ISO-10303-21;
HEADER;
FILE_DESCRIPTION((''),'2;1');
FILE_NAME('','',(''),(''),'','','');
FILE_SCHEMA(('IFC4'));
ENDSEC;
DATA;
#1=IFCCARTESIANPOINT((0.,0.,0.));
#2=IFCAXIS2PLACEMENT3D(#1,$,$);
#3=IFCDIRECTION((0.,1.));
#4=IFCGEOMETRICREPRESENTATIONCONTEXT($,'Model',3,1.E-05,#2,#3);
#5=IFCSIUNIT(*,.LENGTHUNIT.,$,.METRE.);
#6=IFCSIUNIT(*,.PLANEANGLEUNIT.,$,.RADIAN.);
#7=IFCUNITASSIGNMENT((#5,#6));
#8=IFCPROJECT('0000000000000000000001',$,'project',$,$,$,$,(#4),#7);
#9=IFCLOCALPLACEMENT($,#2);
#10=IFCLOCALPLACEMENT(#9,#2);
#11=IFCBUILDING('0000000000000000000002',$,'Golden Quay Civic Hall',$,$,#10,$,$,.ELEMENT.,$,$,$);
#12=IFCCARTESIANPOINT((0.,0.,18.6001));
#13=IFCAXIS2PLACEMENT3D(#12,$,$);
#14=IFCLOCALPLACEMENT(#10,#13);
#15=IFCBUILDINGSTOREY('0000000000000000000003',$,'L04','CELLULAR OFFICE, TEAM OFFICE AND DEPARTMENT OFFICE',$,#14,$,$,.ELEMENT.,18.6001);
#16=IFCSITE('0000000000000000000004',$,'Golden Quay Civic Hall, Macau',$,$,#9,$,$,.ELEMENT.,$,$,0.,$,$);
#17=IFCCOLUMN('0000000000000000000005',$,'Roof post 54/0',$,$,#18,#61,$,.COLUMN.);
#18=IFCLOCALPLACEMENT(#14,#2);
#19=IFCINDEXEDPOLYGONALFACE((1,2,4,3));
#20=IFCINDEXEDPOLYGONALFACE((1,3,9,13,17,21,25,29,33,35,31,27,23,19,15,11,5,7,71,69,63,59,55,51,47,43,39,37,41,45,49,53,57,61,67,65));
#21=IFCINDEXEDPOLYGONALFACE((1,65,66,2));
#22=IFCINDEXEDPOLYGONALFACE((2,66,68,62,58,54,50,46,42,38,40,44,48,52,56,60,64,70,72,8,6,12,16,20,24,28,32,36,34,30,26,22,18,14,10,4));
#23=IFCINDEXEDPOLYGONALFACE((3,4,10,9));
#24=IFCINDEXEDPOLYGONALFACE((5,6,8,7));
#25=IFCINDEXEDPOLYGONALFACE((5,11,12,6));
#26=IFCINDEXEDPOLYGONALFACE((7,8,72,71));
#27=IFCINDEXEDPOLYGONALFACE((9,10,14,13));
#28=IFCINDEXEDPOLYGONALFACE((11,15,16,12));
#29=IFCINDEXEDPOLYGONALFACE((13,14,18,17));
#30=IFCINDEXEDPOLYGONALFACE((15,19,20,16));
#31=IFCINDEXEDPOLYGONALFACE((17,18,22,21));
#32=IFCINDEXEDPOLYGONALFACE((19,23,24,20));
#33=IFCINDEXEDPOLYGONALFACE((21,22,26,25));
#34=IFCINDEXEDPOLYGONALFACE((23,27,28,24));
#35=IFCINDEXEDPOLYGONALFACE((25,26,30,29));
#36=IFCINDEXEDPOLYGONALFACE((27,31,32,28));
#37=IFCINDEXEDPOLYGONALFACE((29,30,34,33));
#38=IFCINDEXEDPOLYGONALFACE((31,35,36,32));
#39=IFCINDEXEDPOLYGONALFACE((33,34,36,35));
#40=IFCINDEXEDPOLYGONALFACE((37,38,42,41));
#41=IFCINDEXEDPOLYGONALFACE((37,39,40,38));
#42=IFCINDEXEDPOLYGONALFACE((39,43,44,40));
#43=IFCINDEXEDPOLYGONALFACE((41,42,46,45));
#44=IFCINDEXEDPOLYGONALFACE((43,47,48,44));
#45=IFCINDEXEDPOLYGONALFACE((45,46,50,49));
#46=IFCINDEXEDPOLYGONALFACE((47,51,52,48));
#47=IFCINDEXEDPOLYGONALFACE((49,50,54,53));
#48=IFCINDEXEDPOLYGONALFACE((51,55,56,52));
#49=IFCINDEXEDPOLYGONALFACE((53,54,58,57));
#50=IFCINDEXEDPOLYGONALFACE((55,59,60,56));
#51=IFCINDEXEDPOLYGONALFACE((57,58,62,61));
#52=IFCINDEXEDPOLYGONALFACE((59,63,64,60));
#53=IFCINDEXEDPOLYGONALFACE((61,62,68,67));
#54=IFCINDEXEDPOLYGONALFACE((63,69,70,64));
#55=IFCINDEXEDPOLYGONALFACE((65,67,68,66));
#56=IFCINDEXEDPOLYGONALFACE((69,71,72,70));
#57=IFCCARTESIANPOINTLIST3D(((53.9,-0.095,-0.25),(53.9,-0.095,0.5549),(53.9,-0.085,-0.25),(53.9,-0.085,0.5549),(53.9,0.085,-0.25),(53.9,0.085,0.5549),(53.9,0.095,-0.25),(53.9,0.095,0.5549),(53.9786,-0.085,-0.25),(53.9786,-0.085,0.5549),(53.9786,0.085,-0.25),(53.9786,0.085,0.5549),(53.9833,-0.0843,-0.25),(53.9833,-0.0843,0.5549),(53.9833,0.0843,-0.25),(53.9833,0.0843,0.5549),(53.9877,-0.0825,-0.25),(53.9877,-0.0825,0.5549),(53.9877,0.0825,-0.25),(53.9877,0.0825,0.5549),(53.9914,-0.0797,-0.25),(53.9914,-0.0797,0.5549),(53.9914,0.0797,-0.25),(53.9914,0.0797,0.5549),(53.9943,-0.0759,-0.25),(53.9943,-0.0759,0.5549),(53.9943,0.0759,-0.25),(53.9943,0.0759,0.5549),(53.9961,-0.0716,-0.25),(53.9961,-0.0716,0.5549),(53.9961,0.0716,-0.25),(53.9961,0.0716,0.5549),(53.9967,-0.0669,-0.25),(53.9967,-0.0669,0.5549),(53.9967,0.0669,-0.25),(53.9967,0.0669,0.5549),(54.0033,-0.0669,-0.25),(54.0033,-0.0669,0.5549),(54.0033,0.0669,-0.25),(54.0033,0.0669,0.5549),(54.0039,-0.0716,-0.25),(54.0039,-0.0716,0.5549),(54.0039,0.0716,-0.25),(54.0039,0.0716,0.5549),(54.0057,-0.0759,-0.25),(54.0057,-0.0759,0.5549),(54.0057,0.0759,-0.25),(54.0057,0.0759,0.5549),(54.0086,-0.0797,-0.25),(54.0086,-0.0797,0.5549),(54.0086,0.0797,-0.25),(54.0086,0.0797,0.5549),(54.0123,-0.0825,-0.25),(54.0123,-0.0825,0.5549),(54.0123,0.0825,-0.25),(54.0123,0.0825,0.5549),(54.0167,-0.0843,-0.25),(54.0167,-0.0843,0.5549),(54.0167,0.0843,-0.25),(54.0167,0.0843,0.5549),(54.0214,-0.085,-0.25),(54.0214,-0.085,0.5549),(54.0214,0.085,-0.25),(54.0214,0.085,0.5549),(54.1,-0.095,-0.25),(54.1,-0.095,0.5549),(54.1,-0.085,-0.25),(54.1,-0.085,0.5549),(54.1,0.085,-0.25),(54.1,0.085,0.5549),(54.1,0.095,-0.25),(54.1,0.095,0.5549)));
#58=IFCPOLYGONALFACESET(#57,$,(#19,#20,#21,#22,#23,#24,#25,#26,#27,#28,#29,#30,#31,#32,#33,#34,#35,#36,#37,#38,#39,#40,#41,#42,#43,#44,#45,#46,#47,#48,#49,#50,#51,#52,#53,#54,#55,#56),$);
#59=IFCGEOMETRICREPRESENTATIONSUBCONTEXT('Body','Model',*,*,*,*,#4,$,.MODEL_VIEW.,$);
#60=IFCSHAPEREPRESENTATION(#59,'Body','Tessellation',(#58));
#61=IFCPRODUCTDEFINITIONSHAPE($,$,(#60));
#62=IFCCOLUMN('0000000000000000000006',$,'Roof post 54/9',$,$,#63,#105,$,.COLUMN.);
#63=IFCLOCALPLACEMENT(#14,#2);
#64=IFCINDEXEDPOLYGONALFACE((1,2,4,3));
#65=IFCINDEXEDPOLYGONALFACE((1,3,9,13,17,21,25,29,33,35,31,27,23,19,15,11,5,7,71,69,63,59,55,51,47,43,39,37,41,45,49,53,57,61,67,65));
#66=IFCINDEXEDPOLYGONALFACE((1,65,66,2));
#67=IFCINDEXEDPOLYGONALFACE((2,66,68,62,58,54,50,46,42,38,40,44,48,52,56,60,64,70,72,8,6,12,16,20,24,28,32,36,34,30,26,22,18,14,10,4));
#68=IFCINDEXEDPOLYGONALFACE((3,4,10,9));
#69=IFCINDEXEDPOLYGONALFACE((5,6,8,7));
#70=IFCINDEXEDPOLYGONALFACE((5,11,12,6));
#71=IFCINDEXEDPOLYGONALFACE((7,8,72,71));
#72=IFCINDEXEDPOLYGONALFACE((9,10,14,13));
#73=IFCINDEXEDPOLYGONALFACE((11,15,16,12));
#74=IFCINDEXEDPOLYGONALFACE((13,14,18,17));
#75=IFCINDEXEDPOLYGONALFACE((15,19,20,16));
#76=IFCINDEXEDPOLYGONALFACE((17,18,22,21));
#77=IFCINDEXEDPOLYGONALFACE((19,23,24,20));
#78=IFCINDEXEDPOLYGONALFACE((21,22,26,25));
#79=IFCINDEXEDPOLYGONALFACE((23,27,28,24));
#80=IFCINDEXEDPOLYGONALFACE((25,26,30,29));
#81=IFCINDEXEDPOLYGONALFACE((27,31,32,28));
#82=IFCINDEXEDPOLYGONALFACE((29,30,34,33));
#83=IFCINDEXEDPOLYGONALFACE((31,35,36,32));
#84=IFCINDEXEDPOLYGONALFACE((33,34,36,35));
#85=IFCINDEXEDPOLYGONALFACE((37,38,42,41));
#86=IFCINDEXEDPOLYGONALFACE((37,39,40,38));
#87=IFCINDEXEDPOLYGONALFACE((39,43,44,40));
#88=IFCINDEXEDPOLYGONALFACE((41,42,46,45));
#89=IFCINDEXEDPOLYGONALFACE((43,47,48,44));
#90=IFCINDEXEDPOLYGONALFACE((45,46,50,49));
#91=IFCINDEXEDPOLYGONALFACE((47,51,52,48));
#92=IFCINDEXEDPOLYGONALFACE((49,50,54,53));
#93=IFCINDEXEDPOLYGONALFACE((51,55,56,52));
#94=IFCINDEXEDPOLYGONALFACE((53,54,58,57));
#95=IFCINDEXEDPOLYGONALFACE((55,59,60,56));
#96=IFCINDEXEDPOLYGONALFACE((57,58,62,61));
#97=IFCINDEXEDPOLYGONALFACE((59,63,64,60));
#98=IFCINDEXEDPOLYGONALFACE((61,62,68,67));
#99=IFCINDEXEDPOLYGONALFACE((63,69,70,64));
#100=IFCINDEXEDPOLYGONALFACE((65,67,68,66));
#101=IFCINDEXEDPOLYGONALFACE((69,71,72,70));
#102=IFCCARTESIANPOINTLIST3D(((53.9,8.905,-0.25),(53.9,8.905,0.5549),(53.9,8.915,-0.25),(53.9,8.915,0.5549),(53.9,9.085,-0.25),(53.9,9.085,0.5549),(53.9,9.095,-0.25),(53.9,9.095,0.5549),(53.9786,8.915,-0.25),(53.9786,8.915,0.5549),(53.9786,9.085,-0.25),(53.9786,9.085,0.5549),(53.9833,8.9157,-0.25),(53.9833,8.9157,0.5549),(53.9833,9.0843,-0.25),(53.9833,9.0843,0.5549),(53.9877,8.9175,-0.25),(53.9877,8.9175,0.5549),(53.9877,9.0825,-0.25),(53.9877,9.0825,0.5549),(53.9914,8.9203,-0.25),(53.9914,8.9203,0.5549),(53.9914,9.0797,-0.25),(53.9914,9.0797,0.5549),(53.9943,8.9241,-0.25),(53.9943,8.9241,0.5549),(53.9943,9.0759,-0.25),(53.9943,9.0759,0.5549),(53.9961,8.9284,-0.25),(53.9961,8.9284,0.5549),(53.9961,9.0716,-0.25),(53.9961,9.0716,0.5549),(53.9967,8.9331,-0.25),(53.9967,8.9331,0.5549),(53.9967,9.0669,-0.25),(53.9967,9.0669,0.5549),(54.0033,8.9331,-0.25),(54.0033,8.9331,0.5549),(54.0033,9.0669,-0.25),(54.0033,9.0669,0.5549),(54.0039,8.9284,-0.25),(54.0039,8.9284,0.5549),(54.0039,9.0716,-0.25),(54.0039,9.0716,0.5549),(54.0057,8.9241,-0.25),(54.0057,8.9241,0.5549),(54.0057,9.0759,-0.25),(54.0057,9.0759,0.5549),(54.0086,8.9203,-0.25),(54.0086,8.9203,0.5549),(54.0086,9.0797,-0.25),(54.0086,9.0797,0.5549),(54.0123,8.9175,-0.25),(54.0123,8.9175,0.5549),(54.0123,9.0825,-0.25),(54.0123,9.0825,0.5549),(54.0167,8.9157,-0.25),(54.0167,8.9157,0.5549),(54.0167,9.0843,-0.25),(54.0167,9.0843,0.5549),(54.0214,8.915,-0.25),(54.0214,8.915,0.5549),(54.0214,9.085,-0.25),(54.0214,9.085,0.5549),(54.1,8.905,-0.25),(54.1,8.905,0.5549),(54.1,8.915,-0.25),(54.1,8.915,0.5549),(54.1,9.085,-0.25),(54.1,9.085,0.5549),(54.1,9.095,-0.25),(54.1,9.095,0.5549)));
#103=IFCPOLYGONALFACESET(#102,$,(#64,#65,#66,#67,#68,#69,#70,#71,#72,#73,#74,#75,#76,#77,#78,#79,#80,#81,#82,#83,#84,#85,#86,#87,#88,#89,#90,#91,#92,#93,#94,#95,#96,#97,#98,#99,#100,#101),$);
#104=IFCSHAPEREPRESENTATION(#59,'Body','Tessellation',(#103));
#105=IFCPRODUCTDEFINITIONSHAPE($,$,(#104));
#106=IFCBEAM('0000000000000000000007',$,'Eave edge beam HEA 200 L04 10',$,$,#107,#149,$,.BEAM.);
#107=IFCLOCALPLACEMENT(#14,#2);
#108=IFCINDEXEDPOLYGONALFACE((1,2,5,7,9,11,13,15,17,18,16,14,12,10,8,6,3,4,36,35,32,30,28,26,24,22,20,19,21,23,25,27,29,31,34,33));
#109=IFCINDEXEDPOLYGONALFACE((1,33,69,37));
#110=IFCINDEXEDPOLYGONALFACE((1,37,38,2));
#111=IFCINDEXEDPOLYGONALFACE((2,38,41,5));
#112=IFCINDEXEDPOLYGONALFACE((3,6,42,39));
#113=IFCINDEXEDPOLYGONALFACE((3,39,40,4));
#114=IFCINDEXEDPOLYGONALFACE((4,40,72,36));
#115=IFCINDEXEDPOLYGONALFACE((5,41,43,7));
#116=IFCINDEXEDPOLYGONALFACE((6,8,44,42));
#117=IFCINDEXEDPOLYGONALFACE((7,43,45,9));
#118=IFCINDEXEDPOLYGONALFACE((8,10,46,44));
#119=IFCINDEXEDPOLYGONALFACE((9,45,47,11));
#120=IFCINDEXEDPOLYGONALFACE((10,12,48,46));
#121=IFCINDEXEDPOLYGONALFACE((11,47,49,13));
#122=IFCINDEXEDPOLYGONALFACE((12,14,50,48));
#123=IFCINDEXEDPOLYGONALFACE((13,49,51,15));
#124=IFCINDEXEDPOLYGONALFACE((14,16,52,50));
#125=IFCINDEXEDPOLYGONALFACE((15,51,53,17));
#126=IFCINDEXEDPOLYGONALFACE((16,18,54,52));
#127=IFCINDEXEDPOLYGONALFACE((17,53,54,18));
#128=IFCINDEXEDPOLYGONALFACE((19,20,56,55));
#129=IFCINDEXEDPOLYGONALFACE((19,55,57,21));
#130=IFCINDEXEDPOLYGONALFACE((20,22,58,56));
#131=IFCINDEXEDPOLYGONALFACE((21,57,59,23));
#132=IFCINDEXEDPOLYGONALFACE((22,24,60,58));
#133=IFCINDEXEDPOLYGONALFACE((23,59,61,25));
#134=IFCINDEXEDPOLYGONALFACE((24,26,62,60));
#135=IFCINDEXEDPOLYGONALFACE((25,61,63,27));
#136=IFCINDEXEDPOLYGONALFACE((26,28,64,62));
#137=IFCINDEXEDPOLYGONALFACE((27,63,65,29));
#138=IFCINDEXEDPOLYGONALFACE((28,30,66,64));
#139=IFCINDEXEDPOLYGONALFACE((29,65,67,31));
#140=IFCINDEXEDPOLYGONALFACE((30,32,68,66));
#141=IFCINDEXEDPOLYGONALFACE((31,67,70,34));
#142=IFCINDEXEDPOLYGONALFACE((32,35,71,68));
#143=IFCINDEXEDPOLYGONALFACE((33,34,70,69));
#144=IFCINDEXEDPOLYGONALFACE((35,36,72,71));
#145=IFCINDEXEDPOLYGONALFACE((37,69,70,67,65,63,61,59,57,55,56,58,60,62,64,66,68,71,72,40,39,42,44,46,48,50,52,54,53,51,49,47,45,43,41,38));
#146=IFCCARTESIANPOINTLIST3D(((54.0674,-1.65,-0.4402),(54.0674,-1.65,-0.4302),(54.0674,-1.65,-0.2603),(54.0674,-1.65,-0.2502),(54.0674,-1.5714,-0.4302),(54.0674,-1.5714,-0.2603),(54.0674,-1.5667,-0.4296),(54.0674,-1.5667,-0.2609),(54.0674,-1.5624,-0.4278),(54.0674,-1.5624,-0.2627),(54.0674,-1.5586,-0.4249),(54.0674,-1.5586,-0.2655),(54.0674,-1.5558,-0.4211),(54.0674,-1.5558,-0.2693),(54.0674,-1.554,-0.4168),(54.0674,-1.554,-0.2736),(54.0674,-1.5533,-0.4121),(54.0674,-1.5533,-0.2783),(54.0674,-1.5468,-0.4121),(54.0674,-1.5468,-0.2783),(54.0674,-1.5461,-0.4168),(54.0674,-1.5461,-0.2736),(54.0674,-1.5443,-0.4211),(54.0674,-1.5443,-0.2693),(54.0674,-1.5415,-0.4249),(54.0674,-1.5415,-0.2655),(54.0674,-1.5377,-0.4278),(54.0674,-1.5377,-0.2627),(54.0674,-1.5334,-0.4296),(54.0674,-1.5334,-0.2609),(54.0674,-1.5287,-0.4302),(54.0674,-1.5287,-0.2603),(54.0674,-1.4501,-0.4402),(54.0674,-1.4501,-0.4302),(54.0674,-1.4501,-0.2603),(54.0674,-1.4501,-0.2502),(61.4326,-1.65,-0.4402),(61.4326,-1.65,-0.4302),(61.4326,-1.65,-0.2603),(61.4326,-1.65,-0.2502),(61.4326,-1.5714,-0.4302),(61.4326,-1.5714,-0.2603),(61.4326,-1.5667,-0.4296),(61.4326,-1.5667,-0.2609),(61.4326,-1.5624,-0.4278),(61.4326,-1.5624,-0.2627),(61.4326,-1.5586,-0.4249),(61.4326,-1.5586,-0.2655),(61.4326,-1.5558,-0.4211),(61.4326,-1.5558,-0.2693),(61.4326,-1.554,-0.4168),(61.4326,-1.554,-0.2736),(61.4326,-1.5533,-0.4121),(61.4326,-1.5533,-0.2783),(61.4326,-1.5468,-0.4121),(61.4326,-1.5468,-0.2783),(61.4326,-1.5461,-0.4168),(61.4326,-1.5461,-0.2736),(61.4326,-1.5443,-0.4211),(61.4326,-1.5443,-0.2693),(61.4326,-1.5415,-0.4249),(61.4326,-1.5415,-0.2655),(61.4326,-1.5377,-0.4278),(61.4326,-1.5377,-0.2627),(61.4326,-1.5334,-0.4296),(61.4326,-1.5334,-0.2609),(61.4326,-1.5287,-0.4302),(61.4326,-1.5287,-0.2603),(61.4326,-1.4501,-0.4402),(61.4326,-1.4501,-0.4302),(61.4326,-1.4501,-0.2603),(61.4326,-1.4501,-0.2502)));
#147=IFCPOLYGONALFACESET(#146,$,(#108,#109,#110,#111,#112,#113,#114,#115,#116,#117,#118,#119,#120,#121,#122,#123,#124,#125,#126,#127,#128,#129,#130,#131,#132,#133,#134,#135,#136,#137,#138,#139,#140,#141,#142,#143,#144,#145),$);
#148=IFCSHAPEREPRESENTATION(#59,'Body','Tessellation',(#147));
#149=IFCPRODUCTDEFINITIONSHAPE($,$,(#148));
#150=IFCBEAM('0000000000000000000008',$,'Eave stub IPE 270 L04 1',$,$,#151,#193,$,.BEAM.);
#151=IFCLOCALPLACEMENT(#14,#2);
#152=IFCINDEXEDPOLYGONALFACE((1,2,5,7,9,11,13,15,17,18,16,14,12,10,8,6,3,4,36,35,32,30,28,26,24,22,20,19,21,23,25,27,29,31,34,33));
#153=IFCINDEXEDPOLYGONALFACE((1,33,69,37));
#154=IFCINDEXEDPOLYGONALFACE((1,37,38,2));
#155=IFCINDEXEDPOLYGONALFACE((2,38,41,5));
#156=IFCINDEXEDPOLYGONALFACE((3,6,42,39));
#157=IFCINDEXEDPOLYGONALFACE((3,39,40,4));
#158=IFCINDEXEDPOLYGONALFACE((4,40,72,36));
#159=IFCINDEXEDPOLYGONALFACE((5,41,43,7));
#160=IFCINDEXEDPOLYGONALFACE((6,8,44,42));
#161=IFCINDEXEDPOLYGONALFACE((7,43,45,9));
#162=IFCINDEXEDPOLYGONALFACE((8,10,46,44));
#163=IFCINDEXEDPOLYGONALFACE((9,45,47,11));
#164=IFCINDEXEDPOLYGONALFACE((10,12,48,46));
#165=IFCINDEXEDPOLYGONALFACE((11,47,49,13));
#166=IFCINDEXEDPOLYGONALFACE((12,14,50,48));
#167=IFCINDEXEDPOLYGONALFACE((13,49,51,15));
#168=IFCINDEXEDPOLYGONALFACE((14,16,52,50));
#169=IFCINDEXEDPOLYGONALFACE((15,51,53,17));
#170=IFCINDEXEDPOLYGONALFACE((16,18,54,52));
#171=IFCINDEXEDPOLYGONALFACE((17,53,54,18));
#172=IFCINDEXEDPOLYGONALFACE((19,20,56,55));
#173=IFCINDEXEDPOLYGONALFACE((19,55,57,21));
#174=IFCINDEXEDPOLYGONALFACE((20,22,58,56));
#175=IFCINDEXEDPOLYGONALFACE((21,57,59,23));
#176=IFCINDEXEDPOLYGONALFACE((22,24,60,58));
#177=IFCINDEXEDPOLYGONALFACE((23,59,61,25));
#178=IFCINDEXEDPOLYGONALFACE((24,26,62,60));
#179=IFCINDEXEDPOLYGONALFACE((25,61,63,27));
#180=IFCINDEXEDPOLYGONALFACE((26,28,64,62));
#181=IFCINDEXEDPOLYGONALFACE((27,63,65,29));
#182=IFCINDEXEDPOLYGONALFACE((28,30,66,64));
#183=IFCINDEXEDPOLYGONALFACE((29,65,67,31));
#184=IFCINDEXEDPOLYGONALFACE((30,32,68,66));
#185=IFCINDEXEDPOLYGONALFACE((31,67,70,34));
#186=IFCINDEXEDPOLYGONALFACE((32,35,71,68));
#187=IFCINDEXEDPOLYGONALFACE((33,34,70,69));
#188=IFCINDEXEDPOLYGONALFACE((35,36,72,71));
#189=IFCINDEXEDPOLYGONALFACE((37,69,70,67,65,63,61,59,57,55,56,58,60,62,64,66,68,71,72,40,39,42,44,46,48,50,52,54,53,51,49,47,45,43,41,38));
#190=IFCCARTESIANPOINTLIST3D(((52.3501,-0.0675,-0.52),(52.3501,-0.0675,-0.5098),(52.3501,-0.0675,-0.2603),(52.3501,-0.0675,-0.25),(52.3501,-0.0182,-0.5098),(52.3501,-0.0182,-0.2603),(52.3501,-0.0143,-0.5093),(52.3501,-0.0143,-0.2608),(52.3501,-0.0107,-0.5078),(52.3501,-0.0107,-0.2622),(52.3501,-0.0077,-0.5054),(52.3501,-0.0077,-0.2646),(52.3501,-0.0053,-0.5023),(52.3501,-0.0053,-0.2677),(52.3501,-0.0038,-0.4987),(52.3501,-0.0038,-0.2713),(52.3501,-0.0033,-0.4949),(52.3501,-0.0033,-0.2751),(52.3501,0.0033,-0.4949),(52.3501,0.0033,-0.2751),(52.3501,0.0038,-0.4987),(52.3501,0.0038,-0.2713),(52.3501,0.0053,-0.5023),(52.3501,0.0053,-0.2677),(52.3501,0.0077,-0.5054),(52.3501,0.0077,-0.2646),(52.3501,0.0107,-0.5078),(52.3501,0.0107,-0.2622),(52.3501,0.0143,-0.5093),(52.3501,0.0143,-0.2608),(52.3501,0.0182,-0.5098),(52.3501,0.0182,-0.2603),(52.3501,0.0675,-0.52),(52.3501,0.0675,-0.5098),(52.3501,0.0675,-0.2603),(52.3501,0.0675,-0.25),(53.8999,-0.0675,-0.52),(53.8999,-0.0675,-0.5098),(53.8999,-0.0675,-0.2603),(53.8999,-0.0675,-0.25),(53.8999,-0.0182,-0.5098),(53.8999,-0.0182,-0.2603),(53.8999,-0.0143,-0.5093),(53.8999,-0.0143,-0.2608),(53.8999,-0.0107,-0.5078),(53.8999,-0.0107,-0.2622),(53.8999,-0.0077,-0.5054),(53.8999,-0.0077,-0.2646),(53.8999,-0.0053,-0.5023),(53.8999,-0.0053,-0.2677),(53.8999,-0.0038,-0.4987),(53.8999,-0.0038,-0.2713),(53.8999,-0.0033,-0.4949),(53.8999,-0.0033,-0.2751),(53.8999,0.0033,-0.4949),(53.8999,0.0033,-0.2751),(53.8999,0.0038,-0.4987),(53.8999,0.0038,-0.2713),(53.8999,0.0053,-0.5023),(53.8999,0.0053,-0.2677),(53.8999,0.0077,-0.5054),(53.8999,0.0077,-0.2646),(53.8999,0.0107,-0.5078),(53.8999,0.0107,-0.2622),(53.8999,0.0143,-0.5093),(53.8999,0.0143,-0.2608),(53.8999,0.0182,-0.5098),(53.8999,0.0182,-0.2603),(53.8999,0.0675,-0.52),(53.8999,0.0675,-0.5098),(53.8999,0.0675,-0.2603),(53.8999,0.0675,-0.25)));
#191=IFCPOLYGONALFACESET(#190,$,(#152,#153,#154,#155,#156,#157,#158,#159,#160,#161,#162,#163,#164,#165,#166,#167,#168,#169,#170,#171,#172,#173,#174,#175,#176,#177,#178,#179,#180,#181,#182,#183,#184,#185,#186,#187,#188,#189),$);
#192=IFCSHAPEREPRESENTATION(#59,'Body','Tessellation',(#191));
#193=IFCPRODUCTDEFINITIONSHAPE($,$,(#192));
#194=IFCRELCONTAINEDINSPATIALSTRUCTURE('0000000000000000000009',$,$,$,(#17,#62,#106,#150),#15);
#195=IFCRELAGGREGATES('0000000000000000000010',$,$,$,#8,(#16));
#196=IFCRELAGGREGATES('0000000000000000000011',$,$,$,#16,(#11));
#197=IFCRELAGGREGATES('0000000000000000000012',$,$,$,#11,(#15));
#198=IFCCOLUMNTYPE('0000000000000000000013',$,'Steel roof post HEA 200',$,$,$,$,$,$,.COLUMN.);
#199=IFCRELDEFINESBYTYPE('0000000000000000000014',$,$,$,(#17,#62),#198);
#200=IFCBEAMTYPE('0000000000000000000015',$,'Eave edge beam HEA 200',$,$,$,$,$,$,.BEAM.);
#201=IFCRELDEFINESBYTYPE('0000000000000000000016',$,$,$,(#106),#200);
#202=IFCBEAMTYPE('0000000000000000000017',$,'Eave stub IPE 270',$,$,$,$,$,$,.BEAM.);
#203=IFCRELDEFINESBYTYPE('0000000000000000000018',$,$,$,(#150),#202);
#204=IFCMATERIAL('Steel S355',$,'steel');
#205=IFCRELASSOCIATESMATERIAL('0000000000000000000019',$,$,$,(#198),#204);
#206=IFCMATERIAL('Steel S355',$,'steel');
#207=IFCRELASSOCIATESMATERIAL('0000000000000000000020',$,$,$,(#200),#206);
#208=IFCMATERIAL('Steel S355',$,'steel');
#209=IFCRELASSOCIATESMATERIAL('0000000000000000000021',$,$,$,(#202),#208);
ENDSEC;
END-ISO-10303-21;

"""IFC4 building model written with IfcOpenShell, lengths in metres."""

from ifc_helpers import new_model, si_unit, direction, frame, origin, origin_2d, place, context, subcontext, project, spatial, i_section, extrude, material, material_profile, profile_set, type_object, element, save


model = new_model("IFC4")

# Units and contexts
model_context = context("Model", 3, precision=1e-05, world=origin(), true_north=direction((0.0, 1.0)))
body_context = subcontext(model_context, "Body", "Model", "MODEL_VIEW")
ifc_project = project(units=[si_unit("LENGTHUNIT", "METRE"), si_unit("PLANEANGLEUNIT", "RADIAN")], contexts=[model_context])

# Site, building, storey
site_placement = place(None, origin())
site = spatial("IfcSite", under=ifc_project, at=site_placement, Name="Golden Quay Civic Hall, Macau", CompositionType="ELEMENT", RefElevation=0.0)
building_placement = place(site_placement, origin())
building = spatial("IfcBuilding", under=site, at=building_placement, Name="Golden Quay Civic Hall", CompositionType="ELEMENT")
storey_placement = place(building_placement, frame((0.0, 0.0, 18.6001)))
storey = spatial("IfcBuildingStorey", under=building, at=storey_placement, Name="L04", Description="CELLULAR OFFICE, TEAM OFFICE AND DEPARTMENT OFFICE", CompositionType="ELEMENT", Elevation=18.6001)

# Columns
ifc_material_1 = material(Name="Steel S355", Category="steel")
ifc_material_profile_1 = material_profile(ifc_material_1, i_section(OverallWidth=0.2, OverallDepth=0.1899, WebThickness=0.0066, FlangeThickness=0.01, FilletRadius=0.0181, at=origin_2d()), Name="HEA 200")
ifc_profile_set_1 = profile_set([ifc_material_profile_1], Name="Steel S355")
column_type = type_object("IfcColumnType", Name="Steel roof post HEA 200", PredefinedType="COLUMN", material=ifc_profile_set_1)
for number, where, z_axis, x_axis, name in (
    (1, (54.0, 0.0, -0.25), (0.0, 0.0, 1.0), (1.0, 0.0, 0.0), "Roof post 54/0"),
    (2, (54.0, 9.0, -0.25), (0.0, 0.0, 1.0), (1.0, 0.0, 0.0), "Roof post 54/9"),
):
    element("IfcColumn", number, at=place(storey_placement, frame(where, z_axis=z_axis, x_axis=x_axis)), inside=storey, type_object=column_type, Name=name, PredefinedType="COLUMN", context=body_context, shape_type="SweptSolid", body=[
        extrude(i_section(OverallWidth=0.2, OverallDepth=0.1899, WebThickness=0.0066, FlangeThickness=0.01, FilletRadius=0.0181, at=origin_2d()), origin(), (0.0, 0.0, 1.0), 0.8049),
    ])

# Beams
ifc_material_2 = material(Name="Steel S355", Category="steel")
ifc_material_profile_2 = material_profile(ifc_material_2, i_section(OverallWidth=0.2, OverallDepth=0.1899, WebThickness=0.0066, FlangeThickness=0.01, FilletRadius=0.0181, at=origin_2d()), Name="HEA 200")
ifc_profile_set_2 = profile_set([ifc_material_profile_2], Name="Steel S355")
beam_type_1 = type_object("IfcBeamType", Name="Eave edge beam HEA 200", PredefinedType="BEAM", material=ifc_profile_set_2)
beam_1_placement = place(storey_placement, frame((54.0674, -1.55, -0.3452), z_axis=(1.0, 0.0, 0.0), x_axis=(0.0, 1.0, 0.0)))
element("IfcBeam", 3, at=beam_1_placement, inside=storey, type_object=beam_type_1, Name="Eave edge beam HEA 200 L04 10", PredefinedType="BEAM", context=body_context, shape_type="SweptSolid", body=[
    extrude(i_section(OverallWidth=0.2, OverallDepth=0.1899, WebThickness=0.0066, FlangeThickness=0.01, FilletRadius=0.0181, at=origin_2d()), origin(), (0.0, 0.0, 1.0), 7.3652),
])
ifc_material_3 = material(Name="Steel S355", Category="steel")
ifc_material_profile_3 = material_profile(ifc_material_3, i_section(OverallWidth=0.135, OverallDepth=0.27, WebThickness=0.0066, FlangeThickness=0.0103, FilletRadius=0.0149, at=origin_2d()), Name="IPE 270")
ifc_profile_set_3 = profile_set([ifc_material_profile_3], Name="Steel S355")
beam_type_2 = type_object("IfcBeamType", Name="Eave stub IPE 270", PredefinedType="BEAM", material=ifc_profile_set_3)
for number, where, z_axis, x_axis, name in (
    (4, (53.8999, 0.0, -0.385), (-1.0, 0.0, 0.0), (0.0, -1.0, 0.0), "Eave stub IPE 270 L04 1"),
):
    element("IfcBeam", number, at=place(storey_placement, frame(where, z_axis=z_axis, x_axis=x_axis)), inside=storey, type_object=beam_type_2, Name=name, PredefinedType="BEAM", context=body_context, shape_type="SweptSolid", body=[
        extrude(i_section(OverallWidth=0.135, OverallDepth=0.27, WebThickness=0.0066, FlangeThickness=0.0103, FilletRadius=0.0149, at=origin_2d()), origin(), (0.0, 0.0, 1.0), 1.5498),
    ])

save(model, "model.ifc")
